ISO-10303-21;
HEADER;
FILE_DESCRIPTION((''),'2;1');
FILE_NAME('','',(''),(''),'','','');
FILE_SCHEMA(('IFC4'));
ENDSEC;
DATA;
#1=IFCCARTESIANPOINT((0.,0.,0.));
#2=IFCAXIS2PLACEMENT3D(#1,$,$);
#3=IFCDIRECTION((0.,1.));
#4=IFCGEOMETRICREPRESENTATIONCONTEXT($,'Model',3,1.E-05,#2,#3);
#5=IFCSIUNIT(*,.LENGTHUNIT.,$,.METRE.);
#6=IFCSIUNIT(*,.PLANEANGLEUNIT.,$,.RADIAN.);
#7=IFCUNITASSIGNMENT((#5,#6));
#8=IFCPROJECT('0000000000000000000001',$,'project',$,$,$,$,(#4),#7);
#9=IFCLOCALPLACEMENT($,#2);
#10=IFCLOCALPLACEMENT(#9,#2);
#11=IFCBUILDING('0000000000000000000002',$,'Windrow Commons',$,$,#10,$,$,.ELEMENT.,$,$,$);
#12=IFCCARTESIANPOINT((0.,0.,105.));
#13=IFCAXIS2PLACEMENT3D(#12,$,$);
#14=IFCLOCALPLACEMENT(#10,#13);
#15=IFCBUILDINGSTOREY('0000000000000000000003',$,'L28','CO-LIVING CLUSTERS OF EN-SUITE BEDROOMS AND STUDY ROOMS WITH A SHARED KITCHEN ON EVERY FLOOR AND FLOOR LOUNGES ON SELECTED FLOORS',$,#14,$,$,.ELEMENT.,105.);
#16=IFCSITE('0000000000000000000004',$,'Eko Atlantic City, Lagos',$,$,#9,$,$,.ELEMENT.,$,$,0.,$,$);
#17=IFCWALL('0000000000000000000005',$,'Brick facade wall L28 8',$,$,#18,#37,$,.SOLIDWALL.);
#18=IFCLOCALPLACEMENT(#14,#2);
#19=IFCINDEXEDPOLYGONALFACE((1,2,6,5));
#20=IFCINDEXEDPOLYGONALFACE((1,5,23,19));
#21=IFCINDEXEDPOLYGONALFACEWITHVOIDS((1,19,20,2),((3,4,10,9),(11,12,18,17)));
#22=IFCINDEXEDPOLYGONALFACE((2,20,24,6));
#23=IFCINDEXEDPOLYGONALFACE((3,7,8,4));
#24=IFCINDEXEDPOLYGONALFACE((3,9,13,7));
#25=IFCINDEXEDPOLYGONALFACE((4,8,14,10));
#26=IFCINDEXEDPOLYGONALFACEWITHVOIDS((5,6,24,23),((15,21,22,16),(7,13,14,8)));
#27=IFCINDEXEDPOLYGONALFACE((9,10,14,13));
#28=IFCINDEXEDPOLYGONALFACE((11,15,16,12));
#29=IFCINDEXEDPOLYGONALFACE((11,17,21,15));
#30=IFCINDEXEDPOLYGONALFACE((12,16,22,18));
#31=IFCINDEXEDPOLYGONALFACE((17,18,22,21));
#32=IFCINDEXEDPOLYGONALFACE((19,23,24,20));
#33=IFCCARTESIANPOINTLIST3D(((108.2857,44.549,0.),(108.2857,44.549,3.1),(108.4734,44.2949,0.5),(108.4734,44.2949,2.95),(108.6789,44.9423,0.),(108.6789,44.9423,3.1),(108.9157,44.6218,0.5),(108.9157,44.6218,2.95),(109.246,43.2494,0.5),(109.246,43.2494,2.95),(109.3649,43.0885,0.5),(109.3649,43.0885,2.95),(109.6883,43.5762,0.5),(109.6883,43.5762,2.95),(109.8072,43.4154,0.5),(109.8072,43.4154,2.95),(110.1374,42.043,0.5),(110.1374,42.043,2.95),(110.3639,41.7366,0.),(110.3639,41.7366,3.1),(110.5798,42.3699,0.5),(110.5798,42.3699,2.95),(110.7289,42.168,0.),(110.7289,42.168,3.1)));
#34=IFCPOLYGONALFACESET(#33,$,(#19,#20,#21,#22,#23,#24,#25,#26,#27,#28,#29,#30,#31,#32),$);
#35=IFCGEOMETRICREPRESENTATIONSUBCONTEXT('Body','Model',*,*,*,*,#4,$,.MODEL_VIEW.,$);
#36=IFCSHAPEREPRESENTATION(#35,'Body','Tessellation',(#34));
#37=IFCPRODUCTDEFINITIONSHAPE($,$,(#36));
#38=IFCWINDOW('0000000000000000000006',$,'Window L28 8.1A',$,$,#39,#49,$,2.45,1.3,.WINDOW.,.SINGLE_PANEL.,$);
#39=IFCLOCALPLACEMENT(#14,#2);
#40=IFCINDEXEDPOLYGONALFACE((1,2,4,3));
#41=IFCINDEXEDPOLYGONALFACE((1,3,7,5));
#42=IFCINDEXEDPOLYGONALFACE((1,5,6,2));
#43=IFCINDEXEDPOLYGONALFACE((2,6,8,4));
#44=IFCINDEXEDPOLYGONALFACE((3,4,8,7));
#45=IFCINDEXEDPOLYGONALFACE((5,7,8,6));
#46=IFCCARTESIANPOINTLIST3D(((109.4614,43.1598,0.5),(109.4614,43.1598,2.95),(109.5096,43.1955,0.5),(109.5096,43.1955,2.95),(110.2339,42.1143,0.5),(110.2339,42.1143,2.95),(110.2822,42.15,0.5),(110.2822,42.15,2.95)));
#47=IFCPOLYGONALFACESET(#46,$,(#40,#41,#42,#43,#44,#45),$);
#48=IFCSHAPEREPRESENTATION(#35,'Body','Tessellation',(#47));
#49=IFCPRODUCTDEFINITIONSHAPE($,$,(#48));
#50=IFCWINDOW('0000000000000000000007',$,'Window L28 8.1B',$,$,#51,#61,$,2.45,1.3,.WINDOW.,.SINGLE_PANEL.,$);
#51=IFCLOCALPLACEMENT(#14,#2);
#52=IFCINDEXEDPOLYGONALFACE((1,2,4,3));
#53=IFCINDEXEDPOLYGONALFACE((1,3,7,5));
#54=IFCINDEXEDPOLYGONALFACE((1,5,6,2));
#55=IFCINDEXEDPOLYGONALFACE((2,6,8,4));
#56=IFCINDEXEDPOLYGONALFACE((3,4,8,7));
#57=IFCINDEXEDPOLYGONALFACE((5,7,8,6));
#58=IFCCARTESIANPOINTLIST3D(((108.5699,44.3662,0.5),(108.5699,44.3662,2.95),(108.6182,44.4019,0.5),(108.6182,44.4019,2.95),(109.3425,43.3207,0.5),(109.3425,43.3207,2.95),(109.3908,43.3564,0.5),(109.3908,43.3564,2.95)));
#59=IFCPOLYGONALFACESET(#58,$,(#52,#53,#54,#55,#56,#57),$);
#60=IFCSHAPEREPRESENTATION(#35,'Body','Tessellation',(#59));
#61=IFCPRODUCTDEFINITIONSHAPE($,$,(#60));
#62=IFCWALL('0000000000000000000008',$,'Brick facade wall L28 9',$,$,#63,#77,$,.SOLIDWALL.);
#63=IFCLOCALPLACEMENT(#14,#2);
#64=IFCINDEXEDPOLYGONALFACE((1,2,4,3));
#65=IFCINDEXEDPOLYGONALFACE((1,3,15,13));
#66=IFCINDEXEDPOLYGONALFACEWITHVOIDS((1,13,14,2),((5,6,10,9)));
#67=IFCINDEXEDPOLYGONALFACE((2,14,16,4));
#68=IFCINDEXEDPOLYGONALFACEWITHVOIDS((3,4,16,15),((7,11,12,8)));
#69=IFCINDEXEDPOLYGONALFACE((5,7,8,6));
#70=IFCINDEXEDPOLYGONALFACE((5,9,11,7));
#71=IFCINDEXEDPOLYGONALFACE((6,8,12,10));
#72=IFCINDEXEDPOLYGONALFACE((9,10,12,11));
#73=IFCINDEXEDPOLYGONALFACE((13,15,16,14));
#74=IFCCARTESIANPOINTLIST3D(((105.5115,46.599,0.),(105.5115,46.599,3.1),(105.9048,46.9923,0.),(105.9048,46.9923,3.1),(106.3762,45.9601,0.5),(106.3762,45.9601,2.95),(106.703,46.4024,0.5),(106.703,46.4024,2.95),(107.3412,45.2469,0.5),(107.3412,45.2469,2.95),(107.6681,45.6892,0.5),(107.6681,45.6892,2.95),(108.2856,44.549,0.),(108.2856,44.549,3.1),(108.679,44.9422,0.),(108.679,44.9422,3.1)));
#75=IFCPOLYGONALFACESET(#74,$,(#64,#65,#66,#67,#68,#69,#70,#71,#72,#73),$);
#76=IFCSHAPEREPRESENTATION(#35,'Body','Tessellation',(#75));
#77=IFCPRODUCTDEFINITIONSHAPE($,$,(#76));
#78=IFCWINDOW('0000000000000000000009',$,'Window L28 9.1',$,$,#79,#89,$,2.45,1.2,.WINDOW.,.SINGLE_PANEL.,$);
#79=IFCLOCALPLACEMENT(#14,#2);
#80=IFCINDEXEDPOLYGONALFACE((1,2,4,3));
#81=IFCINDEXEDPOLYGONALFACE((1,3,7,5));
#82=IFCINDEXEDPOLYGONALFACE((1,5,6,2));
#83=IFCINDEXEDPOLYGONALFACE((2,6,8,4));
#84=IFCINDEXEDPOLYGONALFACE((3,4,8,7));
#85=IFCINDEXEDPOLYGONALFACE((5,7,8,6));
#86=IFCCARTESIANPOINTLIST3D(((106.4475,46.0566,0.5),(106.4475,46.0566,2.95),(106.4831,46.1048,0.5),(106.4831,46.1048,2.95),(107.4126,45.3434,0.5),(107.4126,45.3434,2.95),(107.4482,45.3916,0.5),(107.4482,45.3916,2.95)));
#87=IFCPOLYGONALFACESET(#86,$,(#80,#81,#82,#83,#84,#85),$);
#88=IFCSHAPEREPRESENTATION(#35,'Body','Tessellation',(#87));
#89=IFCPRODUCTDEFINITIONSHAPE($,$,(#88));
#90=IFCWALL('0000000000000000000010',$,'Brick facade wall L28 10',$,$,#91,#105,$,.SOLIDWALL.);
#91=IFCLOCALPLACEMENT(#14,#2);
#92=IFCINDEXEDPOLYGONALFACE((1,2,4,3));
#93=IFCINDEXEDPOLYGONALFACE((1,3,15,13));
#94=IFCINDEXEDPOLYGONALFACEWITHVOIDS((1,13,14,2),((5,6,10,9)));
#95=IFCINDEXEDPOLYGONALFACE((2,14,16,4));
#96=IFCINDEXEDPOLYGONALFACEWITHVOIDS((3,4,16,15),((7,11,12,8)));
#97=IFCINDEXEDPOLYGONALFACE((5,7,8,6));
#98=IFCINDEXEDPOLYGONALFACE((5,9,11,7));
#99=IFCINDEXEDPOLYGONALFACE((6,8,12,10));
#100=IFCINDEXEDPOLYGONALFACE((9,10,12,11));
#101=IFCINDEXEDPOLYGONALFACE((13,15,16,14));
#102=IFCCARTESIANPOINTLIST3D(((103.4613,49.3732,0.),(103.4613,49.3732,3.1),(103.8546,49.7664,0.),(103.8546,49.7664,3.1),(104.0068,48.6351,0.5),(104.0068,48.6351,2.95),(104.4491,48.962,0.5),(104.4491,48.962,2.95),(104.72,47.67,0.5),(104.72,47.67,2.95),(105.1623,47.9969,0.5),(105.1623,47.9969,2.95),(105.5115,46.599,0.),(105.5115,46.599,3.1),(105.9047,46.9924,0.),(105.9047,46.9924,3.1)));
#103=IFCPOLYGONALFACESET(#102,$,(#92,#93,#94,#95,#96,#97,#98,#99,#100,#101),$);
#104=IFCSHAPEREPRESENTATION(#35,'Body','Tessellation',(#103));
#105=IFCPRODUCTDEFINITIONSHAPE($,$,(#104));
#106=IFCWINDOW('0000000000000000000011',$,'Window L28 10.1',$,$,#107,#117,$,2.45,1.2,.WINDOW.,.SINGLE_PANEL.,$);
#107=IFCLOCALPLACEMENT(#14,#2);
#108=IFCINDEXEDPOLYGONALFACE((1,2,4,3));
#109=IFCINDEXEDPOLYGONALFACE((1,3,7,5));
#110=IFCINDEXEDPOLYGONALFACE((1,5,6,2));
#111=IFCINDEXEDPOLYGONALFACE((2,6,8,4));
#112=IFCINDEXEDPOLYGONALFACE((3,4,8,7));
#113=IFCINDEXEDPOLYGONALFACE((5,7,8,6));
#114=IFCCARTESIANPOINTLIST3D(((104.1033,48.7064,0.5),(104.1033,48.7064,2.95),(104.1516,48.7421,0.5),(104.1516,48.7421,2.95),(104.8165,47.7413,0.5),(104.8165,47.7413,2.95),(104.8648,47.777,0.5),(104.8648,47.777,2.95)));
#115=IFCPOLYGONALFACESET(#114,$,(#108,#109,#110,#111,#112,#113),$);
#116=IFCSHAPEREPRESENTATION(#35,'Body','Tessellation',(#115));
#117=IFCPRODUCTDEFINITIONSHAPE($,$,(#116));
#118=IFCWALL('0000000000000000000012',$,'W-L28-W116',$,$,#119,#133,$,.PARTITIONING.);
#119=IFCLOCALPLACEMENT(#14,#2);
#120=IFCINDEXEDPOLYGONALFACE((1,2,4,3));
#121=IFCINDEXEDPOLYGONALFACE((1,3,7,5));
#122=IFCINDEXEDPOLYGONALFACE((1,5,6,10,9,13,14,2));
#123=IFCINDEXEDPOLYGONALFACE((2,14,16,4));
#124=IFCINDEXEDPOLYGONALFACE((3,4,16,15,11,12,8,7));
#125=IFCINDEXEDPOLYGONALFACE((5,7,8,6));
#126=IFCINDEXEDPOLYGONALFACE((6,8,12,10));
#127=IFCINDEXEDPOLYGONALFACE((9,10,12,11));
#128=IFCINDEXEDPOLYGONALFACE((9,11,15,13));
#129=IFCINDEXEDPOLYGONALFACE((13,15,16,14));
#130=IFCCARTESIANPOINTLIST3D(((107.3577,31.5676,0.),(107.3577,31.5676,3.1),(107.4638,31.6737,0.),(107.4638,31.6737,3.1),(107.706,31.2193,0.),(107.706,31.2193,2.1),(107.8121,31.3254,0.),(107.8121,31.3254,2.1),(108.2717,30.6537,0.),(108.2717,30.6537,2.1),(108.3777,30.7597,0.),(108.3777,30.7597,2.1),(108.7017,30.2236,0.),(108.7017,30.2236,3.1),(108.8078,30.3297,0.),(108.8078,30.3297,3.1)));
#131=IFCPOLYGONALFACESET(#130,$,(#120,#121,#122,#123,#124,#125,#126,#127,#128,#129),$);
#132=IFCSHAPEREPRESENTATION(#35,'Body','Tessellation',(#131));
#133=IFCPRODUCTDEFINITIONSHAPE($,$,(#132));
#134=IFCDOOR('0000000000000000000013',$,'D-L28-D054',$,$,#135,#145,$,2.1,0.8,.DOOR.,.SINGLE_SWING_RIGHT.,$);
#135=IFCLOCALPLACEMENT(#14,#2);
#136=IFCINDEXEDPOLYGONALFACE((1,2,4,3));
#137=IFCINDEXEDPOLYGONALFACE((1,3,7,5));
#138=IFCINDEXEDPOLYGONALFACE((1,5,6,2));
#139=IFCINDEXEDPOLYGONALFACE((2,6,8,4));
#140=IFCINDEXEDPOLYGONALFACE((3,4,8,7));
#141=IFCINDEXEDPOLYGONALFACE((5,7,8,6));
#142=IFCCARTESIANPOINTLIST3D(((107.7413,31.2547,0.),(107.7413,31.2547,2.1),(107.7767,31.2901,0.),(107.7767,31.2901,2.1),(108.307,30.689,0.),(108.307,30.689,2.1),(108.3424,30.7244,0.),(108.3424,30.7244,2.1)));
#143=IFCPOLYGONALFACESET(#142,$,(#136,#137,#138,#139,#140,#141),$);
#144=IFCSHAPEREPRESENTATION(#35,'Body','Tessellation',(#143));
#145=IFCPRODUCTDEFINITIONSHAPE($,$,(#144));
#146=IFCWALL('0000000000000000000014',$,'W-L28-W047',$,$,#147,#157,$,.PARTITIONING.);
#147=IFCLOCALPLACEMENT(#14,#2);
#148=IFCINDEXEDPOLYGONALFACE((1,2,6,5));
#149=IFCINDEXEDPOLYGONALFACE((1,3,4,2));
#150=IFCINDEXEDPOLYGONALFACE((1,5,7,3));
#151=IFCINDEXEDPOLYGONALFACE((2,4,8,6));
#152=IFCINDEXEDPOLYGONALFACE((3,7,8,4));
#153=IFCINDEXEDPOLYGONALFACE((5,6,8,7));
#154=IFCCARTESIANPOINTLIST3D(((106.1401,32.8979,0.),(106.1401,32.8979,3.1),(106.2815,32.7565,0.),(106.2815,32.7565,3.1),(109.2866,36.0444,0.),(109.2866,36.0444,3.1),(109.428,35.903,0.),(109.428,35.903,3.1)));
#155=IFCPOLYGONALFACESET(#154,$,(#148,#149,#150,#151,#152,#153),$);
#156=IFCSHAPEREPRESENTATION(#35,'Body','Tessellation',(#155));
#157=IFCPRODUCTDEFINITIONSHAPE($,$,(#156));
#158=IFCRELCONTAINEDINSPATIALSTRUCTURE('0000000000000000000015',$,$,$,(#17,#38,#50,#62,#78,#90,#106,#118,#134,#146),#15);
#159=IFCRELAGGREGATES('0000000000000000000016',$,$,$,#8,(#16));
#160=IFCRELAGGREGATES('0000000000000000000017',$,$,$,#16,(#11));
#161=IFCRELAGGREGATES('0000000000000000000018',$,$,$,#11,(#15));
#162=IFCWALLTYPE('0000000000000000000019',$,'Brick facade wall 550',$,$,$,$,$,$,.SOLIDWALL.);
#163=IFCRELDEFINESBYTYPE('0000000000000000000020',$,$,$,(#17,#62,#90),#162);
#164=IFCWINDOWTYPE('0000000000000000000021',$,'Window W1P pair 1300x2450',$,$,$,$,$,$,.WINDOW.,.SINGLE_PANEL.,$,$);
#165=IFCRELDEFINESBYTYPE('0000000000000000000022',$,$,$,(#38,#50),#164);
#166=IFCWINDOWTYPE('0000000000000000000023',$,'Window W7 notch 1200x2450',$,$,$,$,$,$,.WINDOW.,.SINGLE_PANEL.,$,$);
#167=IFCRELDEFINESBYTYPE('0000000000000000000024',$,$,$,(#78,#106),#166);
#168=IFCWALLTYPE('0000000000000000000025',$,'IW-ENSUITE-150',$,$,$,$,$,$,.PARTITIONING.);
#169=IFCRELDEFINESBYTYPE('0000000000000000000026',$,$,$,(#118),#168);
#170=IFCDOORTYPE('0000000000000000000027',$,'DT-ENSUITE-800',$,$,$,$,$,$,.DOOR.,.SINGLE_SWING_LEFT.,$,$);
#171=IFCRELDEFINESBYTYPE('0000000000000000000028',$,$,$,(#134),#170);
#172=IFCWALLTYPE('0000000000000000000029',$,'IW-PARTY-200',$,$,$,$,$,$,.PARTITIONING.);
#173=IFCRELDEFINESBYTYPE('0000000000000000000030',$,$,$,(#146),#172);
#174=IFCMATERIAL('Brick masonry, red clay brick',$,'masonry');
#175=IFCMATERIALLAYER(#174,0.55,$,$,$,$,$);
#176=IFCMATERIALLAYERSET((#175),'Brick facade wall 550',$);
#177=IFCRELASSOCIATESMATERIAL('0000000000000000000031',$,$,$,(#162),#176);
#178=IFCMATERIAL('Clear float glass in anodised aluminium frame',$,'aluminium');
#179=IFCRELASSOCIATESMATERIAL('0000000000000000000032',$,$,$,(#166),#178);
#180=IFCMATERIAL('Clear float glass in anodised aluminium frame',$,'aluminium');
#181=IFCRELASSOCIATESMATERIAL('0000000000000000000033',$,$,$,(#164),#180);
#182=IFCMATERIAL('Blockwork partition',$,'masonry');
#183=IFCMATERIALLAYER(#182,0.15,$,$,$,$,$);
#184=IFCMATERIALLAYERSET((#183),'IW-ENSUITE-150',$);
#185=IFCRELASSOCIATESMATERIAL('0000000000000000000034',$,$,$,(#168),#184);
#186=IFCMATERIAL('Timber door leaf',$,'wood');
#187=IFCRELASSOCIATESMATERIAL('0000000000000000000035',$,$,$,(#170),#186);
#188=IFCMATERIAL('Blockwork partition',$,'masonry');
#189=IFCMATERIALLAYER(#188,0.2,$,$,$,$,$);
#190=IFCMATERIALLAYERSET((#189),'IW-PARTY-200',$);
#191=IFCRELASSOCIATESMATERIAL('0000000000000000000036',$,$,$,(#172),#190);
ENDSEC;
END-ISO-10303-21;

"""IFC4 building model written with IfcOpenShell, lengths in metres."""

from ifc_helpers import new_model, si_unit, direction, frame, frame_2d, origin, place, context, subcontext, project, spatial, polyline, rectangle, outline, extrude, material, layer, layer_set, type_object, element, fill, save


model = new_model("IFC4")

# Units and contexts
model_context = context("Model", 3, precision=1e-05, world=origin(), true_north=direction((0.0, 1.0)))
body_context = subcontext(model_context, "Body", "Model", "MODEL_VIEW")
ifc_project = project(units=[si_unit("LENGTHUNIT", "METRE"), si_unit("PLANEANGLEUNIT", "RADIAN")], contexts=[model_context])

# Site, building, storey
site_placement = place(None, origin())
site = spatial("IfcSite", under=ifc_project, at=site_placement, Name="Eko Atlantic City, Lagos", CompositionType="ELEMENT", RefElevation=0.0)
building_placement = place(site_placement, origin())
building = spatial("IfcBuilding", under=site, at=building_placement, Name="Windrow Commons", CompositionType="ELEMENT")
storey_placement = place(building_placement, frame((0.0, 0.0, 105.0)))
storey = spatial("IfcBuildingStorey", under=building, at=storey_placement, Name="L28", Description="CO-LIVING CLUSTERS OF EN-SUITE BEDROOMS AND STUDY ROOMS WITH A SHARED KITCHEN ON EVERY FLOOR AND FLOOR LOUNGES ON SELECTED FLOORS", CompositionType="ELEMENT", Elevation=105.0)

# Shared definitions
ifc_material_1 = material(Name="Brick masonry, red clay brick", Category="masonry")
ifc_layer_1 = layer(ifc_material_1, 0.55)
ifc_layer_set_1 = layer_set([ifc_layer_1], Name="Brick facade wall 550")
wall_type_1 = type_object("IfcWallType", Name="Brick facade wall 550", PredefinedType="SOLIDWALL", material=ifc_layer_set_1)
ifc_material_2 = material(Name="Clear float glass in anodised aluminium frame", Category="aluminium")
window_type_1 = type_object("IfcWindowType", Name="Window W7 notch 1200x2450", PartitioningType="SINGLE_PANEL", PredefinedType="WINDOW", material=ifc_material_2)

# Wall, openings, windows
wall_1_placement = place(storey_placement, frame((110.5464, 41.9523, 0.0), z_axis=(0.0, 0.0, 1.0), x_axis=(-0.594296, 0.804247, 0.0)))
wall_1 = element("IfcWall", 1, at=wall_1_placement, inside=storey, type_object=wall_type_1, Name="Brick facade wall L28 8", PredefinedType="SOLIDWALL", context=body_context, shape_type="SweptSolid", body=[
    extrude(outline(polyline([(0.065, -0.275), (3.5145, -0.275), (3.4319, 0.275), (-0.065, 0.275), (0.065, -0.275)])), origin(), (0.0, 0.0, 1.0), 3.1),
])
opening_1_placement = place(wall_1_placement, frame((0.316, 0.0, 0.5)))
opening_1 = element("IfcOpeningElement", 2, at=opening_1_placement, cuts=wall_1, PredefinedType="OPENING", context=body_context, shape_type="SweptSolid", body=[
    extrude(rectangle(XDim=1.3, YDim=2.45, at=frame_2d((0.65, 1.225))), frame((0.0, 0.285, 0.0), z_axis=(0.0, -1.0, 0.0), x_axis=(1.0, 0.0, 0.0)), (0.0, 0.0, 1.0), 0.57),
])
opening_2_placement = place(wall_1_placement, frame((1.816, 0.0, 0.5)))
opening_2 = element("IfcOpeningElement", 3, at=opening_2_placement, cuts=wall_1, PredefinedType="OPENING", context=body_context, shape_type="SweptSolid", body=[
    extrude(rectangle(XDim=1.3, YDim=2.45, at=frame_2d((0.65, 1.225))), frame((0.0, 0.285, 0.0), z_axis=(0.0, -1.0, 0.0), x_axis=(1.0, 0.0, 0.0)), (0.0, 0.0, 1.0), 0.57),
])
ifc_material_3 = material(Name="Clear float glass in anodised aluminium frame", Category="aluminium")
window_type_2 = type_object("IfcWindowType", Name="Window W1P pair 1300x2450", PartitioningType="SINGLE_PANEL", PredefinedType="WINDOW", material=ifc_material_3)
window_1_placement = place(opening_1_placement, origin())
window_1 = element("IfcWindow", 4, at=window_1_placement, inside=storey, type_object=window_type_2, Name="Window L28 8.1A", OverallHeight=2.45, OverallWidth=1.3, PartitioningType="SINGLE_PANEL", PredefinedType="WINDOW", context=body_context, shape_type="SweptSolid", body=[
    extrude(rectangle(XDim=1.3, YDim=2.45, at=frame_2d((0.65, 1.225))), frame((0.0, 0.155, 0.0), z_axis=(0.0, -1.0, 0.0), x_axis=(1.0, 0.0, 0.0)), (0.0, 0.0, 1.0), 0.06),
])
fill(opening_1, window_1)
window_2_placement = place(opening_2_placement, origin())
window_2 = element("IfcWindow", 5, at=window_2_placement, inside=storey, type_object=window_type_2, Name="Window L28 8.1B", OverallHeight=2.45, OverallWidth=1.3, PartitioningType="SINGLE_PANEL", PredefinedType="WINDOW", context=body_context, shape_type="SweptSolid", body=[
    extrude(rectangle(XDim=1.3, YDim=2.45, at=frame_2d((0.65, 1.225))), frame((0.0, 0.155, 0.0), z_axis=(0.0, -1.0, 0.0), x_axis=(1.0, 0.0, 0.0)), (0.0, 0.0, 1.0), 0.06),
])
fill(opening_2, window_2)

# Walls, openings, windows
wall_2_placement = place(storey_placement, frame((108.4823, 44.7456, 0.0), z_axis=(0.0, 0.0, 1.0), x_axis=(-0.804231, 0.594317, 0.0)))
wall_2 = element("IfcWall", 6, at=wall_2_placement, inside=storey, type_object=wall_type_1, Name="Brick facade wall L28 9", PredefinedType="SOLIDWALL", context=body_context, shape_type="SweptSolid", body=[
    extrude(outline(polyline([(-0.0413, -0.275), (3.4082, -0.275), (3.4907, 0.275), (0.0413, 0.275), (-0.0413, -0.275)])), origin(), (0.0, 0.0, 1.0), 3.1),
])
opening_3_placement = place(wall_2_placement, frame((1.2156, 0.0, 0.5)))
opening_3 = element("IfcOpeningElement", 7, at=opening_3_placement, cuts=wall_2, PredefinedType="OPENING", context=body_context, shape_type="SweptSolid", body=[
    extrude(rectangle(XDim=1.2, YDim=2.45, at=frame_2d((0.6, 1.225))), frame((0.0, 0.285, 0.0), z_axis=(0.0, -1.0, 0.0), x_axis=(1.0, 0.0, 0.0)), (0.0, 0.0, 1.0), 0.57),
])
window_3_placement = place(opening_3_placement, origin())
window_3 = element("IfcWindow", 8, at=window_3_placement, inside=storey, type_object=window_type_1, Name="Window L28 9.1", OverallHeight=2.45, OverallWidth=1.2, PartitioningType="SINGLE_PANEL", PredefinedType="WINDOW", context=body_context, shape_type="SweptSolid", body=[
    extrude(rectangle(XDim=1.2, YDim=2.45, at=frame_2d((0.6, 1.225))), frame((0.0, 0.155, 0.0), z_axis=(0.0, -1.0, 0.0), x_axis=(1.0, 0.0, 0.0)), (0.0, 0.0, 1.0), 0.06),
])
fill(opening_3, window_3)
wall_3_placement = place(storey_placement, frame((105.7081, 46.7957, 0.0), z_axis=(0.0, 0.0, 1.0), x_axis=(-0.594331, 0.804221, 0.0)))
wall_3 = element("IfcWall", 9, at=wall_3_placement, inside=storey, type_object=wall_type_1, Name="Brick facade wall L28 10", PredefinedType="SOLIDWALL", context=body_context, shape_type="SweptSolid", body=[
    extrude(outline(polyline([(0.0413, -0.275), (3.4907, -0.275), (3.4082, 0.275), (-0.0413, 0.275), (0.0413, -0.275)])), origin(), (0.0, 0.0, 1.0), 3.1),
])
opening_4_placement = place(wall_3_placement, frame((1.2904, 0.0, 0.5)))
opening_4 = element("IfcOpeningElement", 10, at=opening_4_placement, cuts=wall_3, PredefinedType="OPENING", context=body_context, shape_type="SweptSolid", body=[
    extrude(rectangle(XDim=1.2, YDim=2.45, at=frame_2d((0.6, 1.225))), frame((0.0, 0.285, 0.0), z_axis=(0.0, -1.0, 0.0), x_axis=(1.0, 0.0, 0.0)), (0.0, 0.0, 1.0), 0.57),
])
window_4_placement = place(opening_4_placement, origin())
window_4 = element("IfcWindow", 11, at=window_4_placement, inside=storey, type_object=window_type_1, Name="Window L28 10.1", OverallHeight=2.45, OverallWidth=1.2, PartitioningType="SINGLE_PANEL", PredefinedType="WINDOW", context=body_context, shape_type="SweptSolid", body=[
    extrude(rectangle(XDim=1.2, YDim=2.45, at=frame_2d((0.6, 1.225))), frame((0.0, 0.155, 0.0), z_axis=(0.0, -1.0, 0.0), x_axis=(1.0, 0.0, 0.0)), (0.0, 0.0, 1.0), 0.06),
])
fill(opening_4, window_4)

# Wall, opening, door
ifc_material_4 = material(Name="Blockwork partition", Category="masonry")
ifc_layer_2 = layer(ifc_material_4, 0.15)
ifc_layer_set_2 = layer_set([ifc_layer_2], Name="IW-ENSUITE-150")
wall_type_2 = type_object("IfcWallType", Name="IW-ENSUITE-150", PredefinedType="PARTITIONING", material=ifc_layer_set_2)
wall_4_placement = place(storey_placement, frame((107.4107, 31.6207, 0.0), z_axis=(0.0, 0.0, 1.0), x_axis=(0.707107, -0.707107, 0.0)))
wall_4 = element("IfcWall", 12, at=wall_4_placement, inside=storey, type_object=wall_type_2, Name="W-L28-W116", PredefinedType="PARTITIONING", context=body_context, shape_type="SweptSolid", body=[
    extrude(rectangle(XDim=1.9007, YDim=0.15, at=frame_2d((0.9504, 0.0))), origin(), (0.0, 0.0, 1.0), 3.1),
])
opening_5_placement = place(wall_4_placement, frame((0.4926, 0.0, 0.0)))
opening_5 = element("IfcOpeningElement", 13, at=opening_5_placement, cuts=wall_4, PredefinedType="OPENING", context=body_context, shape_type="SweptSolid", body=[
    extrude(rectangle(XDim=0.8, YDim=2.1, at=frame_2d((0.4, 1.05))), frame((0.0, 0.085, 0.0), z_axis=(0.0, -1.0, 0.0), x_axis=(1.0, 0.0, 0.0)), (0.0, 0.0, 1.0), 0.17),
])
ifc_material_5 = material(Name="Timber door leaf", Category="wood")
door_type = type_object("IfcDoorType", Name="DT-ENSUITE-800", OperationType="SINGLE_SWING_LEFT", PredefinedType="DOOR", material=ifc_material_5)
door_placement = place(opening_5_placement, origin())
door = element("IfcDoor", 14, at=door_placement, inside=storey, type_object=door_type, Name="D-L28-D054", OperationType="SINGLE_SWING_RIGHT", OverallHeight=2.1, OverallWidth=0.8, PredefinedType="DOOR", context=body_context, shape_type="SweptSolid", body=[
    extrude(rectangle(XDim=0.8, YDim=2.1, at=frame_2d((0.4, 1.05))), frame((0.0, 0.025, 0.0), z_axis=(0.0, -1.0, 0.0), x_axis=(1.0, 0.0, 0.0)), (0.0, 0.0, 1.0), 0.05),
])
fill(opening_5, door)

# Wall
ifc_material_6 = material(Name="Blockwork partition", Category="masonry")
ifc_layer_3 = layer(ifc_material_6, 0.2)
ifc_layer_set_3 = layer_set([ifc_layer_3], Name="IW-PARTY-200")
wall_type_3 = type_object("IfcWallType", Name="IW-PARTY-200", PredefinedType="PARTITIONING", material=ifc_layer_set_3)
wall_5_placement = place(storey_placement, frame((106.2108, 32.8272, 0.0), z_axis=(0.0, 0.0, 1.0), x_axis=(0.707107, 0.707107, 0.0)))
element("IfcWall", 15, at=wall_5_placement, inside=storey, type_object=wall_type_3, Name="W-L28-W047", PredefinedType="PARTITIONING", context=body_context, shape_type="SweptSolid", body=[
    extrude(rectangle(XDim=4.4498, YDim=0.2, at=frame_2d((2.2249, 0.0))), origin(), (0.0, 0.0, 1.0), 3.1),
])

save(model, "model.ifc")
